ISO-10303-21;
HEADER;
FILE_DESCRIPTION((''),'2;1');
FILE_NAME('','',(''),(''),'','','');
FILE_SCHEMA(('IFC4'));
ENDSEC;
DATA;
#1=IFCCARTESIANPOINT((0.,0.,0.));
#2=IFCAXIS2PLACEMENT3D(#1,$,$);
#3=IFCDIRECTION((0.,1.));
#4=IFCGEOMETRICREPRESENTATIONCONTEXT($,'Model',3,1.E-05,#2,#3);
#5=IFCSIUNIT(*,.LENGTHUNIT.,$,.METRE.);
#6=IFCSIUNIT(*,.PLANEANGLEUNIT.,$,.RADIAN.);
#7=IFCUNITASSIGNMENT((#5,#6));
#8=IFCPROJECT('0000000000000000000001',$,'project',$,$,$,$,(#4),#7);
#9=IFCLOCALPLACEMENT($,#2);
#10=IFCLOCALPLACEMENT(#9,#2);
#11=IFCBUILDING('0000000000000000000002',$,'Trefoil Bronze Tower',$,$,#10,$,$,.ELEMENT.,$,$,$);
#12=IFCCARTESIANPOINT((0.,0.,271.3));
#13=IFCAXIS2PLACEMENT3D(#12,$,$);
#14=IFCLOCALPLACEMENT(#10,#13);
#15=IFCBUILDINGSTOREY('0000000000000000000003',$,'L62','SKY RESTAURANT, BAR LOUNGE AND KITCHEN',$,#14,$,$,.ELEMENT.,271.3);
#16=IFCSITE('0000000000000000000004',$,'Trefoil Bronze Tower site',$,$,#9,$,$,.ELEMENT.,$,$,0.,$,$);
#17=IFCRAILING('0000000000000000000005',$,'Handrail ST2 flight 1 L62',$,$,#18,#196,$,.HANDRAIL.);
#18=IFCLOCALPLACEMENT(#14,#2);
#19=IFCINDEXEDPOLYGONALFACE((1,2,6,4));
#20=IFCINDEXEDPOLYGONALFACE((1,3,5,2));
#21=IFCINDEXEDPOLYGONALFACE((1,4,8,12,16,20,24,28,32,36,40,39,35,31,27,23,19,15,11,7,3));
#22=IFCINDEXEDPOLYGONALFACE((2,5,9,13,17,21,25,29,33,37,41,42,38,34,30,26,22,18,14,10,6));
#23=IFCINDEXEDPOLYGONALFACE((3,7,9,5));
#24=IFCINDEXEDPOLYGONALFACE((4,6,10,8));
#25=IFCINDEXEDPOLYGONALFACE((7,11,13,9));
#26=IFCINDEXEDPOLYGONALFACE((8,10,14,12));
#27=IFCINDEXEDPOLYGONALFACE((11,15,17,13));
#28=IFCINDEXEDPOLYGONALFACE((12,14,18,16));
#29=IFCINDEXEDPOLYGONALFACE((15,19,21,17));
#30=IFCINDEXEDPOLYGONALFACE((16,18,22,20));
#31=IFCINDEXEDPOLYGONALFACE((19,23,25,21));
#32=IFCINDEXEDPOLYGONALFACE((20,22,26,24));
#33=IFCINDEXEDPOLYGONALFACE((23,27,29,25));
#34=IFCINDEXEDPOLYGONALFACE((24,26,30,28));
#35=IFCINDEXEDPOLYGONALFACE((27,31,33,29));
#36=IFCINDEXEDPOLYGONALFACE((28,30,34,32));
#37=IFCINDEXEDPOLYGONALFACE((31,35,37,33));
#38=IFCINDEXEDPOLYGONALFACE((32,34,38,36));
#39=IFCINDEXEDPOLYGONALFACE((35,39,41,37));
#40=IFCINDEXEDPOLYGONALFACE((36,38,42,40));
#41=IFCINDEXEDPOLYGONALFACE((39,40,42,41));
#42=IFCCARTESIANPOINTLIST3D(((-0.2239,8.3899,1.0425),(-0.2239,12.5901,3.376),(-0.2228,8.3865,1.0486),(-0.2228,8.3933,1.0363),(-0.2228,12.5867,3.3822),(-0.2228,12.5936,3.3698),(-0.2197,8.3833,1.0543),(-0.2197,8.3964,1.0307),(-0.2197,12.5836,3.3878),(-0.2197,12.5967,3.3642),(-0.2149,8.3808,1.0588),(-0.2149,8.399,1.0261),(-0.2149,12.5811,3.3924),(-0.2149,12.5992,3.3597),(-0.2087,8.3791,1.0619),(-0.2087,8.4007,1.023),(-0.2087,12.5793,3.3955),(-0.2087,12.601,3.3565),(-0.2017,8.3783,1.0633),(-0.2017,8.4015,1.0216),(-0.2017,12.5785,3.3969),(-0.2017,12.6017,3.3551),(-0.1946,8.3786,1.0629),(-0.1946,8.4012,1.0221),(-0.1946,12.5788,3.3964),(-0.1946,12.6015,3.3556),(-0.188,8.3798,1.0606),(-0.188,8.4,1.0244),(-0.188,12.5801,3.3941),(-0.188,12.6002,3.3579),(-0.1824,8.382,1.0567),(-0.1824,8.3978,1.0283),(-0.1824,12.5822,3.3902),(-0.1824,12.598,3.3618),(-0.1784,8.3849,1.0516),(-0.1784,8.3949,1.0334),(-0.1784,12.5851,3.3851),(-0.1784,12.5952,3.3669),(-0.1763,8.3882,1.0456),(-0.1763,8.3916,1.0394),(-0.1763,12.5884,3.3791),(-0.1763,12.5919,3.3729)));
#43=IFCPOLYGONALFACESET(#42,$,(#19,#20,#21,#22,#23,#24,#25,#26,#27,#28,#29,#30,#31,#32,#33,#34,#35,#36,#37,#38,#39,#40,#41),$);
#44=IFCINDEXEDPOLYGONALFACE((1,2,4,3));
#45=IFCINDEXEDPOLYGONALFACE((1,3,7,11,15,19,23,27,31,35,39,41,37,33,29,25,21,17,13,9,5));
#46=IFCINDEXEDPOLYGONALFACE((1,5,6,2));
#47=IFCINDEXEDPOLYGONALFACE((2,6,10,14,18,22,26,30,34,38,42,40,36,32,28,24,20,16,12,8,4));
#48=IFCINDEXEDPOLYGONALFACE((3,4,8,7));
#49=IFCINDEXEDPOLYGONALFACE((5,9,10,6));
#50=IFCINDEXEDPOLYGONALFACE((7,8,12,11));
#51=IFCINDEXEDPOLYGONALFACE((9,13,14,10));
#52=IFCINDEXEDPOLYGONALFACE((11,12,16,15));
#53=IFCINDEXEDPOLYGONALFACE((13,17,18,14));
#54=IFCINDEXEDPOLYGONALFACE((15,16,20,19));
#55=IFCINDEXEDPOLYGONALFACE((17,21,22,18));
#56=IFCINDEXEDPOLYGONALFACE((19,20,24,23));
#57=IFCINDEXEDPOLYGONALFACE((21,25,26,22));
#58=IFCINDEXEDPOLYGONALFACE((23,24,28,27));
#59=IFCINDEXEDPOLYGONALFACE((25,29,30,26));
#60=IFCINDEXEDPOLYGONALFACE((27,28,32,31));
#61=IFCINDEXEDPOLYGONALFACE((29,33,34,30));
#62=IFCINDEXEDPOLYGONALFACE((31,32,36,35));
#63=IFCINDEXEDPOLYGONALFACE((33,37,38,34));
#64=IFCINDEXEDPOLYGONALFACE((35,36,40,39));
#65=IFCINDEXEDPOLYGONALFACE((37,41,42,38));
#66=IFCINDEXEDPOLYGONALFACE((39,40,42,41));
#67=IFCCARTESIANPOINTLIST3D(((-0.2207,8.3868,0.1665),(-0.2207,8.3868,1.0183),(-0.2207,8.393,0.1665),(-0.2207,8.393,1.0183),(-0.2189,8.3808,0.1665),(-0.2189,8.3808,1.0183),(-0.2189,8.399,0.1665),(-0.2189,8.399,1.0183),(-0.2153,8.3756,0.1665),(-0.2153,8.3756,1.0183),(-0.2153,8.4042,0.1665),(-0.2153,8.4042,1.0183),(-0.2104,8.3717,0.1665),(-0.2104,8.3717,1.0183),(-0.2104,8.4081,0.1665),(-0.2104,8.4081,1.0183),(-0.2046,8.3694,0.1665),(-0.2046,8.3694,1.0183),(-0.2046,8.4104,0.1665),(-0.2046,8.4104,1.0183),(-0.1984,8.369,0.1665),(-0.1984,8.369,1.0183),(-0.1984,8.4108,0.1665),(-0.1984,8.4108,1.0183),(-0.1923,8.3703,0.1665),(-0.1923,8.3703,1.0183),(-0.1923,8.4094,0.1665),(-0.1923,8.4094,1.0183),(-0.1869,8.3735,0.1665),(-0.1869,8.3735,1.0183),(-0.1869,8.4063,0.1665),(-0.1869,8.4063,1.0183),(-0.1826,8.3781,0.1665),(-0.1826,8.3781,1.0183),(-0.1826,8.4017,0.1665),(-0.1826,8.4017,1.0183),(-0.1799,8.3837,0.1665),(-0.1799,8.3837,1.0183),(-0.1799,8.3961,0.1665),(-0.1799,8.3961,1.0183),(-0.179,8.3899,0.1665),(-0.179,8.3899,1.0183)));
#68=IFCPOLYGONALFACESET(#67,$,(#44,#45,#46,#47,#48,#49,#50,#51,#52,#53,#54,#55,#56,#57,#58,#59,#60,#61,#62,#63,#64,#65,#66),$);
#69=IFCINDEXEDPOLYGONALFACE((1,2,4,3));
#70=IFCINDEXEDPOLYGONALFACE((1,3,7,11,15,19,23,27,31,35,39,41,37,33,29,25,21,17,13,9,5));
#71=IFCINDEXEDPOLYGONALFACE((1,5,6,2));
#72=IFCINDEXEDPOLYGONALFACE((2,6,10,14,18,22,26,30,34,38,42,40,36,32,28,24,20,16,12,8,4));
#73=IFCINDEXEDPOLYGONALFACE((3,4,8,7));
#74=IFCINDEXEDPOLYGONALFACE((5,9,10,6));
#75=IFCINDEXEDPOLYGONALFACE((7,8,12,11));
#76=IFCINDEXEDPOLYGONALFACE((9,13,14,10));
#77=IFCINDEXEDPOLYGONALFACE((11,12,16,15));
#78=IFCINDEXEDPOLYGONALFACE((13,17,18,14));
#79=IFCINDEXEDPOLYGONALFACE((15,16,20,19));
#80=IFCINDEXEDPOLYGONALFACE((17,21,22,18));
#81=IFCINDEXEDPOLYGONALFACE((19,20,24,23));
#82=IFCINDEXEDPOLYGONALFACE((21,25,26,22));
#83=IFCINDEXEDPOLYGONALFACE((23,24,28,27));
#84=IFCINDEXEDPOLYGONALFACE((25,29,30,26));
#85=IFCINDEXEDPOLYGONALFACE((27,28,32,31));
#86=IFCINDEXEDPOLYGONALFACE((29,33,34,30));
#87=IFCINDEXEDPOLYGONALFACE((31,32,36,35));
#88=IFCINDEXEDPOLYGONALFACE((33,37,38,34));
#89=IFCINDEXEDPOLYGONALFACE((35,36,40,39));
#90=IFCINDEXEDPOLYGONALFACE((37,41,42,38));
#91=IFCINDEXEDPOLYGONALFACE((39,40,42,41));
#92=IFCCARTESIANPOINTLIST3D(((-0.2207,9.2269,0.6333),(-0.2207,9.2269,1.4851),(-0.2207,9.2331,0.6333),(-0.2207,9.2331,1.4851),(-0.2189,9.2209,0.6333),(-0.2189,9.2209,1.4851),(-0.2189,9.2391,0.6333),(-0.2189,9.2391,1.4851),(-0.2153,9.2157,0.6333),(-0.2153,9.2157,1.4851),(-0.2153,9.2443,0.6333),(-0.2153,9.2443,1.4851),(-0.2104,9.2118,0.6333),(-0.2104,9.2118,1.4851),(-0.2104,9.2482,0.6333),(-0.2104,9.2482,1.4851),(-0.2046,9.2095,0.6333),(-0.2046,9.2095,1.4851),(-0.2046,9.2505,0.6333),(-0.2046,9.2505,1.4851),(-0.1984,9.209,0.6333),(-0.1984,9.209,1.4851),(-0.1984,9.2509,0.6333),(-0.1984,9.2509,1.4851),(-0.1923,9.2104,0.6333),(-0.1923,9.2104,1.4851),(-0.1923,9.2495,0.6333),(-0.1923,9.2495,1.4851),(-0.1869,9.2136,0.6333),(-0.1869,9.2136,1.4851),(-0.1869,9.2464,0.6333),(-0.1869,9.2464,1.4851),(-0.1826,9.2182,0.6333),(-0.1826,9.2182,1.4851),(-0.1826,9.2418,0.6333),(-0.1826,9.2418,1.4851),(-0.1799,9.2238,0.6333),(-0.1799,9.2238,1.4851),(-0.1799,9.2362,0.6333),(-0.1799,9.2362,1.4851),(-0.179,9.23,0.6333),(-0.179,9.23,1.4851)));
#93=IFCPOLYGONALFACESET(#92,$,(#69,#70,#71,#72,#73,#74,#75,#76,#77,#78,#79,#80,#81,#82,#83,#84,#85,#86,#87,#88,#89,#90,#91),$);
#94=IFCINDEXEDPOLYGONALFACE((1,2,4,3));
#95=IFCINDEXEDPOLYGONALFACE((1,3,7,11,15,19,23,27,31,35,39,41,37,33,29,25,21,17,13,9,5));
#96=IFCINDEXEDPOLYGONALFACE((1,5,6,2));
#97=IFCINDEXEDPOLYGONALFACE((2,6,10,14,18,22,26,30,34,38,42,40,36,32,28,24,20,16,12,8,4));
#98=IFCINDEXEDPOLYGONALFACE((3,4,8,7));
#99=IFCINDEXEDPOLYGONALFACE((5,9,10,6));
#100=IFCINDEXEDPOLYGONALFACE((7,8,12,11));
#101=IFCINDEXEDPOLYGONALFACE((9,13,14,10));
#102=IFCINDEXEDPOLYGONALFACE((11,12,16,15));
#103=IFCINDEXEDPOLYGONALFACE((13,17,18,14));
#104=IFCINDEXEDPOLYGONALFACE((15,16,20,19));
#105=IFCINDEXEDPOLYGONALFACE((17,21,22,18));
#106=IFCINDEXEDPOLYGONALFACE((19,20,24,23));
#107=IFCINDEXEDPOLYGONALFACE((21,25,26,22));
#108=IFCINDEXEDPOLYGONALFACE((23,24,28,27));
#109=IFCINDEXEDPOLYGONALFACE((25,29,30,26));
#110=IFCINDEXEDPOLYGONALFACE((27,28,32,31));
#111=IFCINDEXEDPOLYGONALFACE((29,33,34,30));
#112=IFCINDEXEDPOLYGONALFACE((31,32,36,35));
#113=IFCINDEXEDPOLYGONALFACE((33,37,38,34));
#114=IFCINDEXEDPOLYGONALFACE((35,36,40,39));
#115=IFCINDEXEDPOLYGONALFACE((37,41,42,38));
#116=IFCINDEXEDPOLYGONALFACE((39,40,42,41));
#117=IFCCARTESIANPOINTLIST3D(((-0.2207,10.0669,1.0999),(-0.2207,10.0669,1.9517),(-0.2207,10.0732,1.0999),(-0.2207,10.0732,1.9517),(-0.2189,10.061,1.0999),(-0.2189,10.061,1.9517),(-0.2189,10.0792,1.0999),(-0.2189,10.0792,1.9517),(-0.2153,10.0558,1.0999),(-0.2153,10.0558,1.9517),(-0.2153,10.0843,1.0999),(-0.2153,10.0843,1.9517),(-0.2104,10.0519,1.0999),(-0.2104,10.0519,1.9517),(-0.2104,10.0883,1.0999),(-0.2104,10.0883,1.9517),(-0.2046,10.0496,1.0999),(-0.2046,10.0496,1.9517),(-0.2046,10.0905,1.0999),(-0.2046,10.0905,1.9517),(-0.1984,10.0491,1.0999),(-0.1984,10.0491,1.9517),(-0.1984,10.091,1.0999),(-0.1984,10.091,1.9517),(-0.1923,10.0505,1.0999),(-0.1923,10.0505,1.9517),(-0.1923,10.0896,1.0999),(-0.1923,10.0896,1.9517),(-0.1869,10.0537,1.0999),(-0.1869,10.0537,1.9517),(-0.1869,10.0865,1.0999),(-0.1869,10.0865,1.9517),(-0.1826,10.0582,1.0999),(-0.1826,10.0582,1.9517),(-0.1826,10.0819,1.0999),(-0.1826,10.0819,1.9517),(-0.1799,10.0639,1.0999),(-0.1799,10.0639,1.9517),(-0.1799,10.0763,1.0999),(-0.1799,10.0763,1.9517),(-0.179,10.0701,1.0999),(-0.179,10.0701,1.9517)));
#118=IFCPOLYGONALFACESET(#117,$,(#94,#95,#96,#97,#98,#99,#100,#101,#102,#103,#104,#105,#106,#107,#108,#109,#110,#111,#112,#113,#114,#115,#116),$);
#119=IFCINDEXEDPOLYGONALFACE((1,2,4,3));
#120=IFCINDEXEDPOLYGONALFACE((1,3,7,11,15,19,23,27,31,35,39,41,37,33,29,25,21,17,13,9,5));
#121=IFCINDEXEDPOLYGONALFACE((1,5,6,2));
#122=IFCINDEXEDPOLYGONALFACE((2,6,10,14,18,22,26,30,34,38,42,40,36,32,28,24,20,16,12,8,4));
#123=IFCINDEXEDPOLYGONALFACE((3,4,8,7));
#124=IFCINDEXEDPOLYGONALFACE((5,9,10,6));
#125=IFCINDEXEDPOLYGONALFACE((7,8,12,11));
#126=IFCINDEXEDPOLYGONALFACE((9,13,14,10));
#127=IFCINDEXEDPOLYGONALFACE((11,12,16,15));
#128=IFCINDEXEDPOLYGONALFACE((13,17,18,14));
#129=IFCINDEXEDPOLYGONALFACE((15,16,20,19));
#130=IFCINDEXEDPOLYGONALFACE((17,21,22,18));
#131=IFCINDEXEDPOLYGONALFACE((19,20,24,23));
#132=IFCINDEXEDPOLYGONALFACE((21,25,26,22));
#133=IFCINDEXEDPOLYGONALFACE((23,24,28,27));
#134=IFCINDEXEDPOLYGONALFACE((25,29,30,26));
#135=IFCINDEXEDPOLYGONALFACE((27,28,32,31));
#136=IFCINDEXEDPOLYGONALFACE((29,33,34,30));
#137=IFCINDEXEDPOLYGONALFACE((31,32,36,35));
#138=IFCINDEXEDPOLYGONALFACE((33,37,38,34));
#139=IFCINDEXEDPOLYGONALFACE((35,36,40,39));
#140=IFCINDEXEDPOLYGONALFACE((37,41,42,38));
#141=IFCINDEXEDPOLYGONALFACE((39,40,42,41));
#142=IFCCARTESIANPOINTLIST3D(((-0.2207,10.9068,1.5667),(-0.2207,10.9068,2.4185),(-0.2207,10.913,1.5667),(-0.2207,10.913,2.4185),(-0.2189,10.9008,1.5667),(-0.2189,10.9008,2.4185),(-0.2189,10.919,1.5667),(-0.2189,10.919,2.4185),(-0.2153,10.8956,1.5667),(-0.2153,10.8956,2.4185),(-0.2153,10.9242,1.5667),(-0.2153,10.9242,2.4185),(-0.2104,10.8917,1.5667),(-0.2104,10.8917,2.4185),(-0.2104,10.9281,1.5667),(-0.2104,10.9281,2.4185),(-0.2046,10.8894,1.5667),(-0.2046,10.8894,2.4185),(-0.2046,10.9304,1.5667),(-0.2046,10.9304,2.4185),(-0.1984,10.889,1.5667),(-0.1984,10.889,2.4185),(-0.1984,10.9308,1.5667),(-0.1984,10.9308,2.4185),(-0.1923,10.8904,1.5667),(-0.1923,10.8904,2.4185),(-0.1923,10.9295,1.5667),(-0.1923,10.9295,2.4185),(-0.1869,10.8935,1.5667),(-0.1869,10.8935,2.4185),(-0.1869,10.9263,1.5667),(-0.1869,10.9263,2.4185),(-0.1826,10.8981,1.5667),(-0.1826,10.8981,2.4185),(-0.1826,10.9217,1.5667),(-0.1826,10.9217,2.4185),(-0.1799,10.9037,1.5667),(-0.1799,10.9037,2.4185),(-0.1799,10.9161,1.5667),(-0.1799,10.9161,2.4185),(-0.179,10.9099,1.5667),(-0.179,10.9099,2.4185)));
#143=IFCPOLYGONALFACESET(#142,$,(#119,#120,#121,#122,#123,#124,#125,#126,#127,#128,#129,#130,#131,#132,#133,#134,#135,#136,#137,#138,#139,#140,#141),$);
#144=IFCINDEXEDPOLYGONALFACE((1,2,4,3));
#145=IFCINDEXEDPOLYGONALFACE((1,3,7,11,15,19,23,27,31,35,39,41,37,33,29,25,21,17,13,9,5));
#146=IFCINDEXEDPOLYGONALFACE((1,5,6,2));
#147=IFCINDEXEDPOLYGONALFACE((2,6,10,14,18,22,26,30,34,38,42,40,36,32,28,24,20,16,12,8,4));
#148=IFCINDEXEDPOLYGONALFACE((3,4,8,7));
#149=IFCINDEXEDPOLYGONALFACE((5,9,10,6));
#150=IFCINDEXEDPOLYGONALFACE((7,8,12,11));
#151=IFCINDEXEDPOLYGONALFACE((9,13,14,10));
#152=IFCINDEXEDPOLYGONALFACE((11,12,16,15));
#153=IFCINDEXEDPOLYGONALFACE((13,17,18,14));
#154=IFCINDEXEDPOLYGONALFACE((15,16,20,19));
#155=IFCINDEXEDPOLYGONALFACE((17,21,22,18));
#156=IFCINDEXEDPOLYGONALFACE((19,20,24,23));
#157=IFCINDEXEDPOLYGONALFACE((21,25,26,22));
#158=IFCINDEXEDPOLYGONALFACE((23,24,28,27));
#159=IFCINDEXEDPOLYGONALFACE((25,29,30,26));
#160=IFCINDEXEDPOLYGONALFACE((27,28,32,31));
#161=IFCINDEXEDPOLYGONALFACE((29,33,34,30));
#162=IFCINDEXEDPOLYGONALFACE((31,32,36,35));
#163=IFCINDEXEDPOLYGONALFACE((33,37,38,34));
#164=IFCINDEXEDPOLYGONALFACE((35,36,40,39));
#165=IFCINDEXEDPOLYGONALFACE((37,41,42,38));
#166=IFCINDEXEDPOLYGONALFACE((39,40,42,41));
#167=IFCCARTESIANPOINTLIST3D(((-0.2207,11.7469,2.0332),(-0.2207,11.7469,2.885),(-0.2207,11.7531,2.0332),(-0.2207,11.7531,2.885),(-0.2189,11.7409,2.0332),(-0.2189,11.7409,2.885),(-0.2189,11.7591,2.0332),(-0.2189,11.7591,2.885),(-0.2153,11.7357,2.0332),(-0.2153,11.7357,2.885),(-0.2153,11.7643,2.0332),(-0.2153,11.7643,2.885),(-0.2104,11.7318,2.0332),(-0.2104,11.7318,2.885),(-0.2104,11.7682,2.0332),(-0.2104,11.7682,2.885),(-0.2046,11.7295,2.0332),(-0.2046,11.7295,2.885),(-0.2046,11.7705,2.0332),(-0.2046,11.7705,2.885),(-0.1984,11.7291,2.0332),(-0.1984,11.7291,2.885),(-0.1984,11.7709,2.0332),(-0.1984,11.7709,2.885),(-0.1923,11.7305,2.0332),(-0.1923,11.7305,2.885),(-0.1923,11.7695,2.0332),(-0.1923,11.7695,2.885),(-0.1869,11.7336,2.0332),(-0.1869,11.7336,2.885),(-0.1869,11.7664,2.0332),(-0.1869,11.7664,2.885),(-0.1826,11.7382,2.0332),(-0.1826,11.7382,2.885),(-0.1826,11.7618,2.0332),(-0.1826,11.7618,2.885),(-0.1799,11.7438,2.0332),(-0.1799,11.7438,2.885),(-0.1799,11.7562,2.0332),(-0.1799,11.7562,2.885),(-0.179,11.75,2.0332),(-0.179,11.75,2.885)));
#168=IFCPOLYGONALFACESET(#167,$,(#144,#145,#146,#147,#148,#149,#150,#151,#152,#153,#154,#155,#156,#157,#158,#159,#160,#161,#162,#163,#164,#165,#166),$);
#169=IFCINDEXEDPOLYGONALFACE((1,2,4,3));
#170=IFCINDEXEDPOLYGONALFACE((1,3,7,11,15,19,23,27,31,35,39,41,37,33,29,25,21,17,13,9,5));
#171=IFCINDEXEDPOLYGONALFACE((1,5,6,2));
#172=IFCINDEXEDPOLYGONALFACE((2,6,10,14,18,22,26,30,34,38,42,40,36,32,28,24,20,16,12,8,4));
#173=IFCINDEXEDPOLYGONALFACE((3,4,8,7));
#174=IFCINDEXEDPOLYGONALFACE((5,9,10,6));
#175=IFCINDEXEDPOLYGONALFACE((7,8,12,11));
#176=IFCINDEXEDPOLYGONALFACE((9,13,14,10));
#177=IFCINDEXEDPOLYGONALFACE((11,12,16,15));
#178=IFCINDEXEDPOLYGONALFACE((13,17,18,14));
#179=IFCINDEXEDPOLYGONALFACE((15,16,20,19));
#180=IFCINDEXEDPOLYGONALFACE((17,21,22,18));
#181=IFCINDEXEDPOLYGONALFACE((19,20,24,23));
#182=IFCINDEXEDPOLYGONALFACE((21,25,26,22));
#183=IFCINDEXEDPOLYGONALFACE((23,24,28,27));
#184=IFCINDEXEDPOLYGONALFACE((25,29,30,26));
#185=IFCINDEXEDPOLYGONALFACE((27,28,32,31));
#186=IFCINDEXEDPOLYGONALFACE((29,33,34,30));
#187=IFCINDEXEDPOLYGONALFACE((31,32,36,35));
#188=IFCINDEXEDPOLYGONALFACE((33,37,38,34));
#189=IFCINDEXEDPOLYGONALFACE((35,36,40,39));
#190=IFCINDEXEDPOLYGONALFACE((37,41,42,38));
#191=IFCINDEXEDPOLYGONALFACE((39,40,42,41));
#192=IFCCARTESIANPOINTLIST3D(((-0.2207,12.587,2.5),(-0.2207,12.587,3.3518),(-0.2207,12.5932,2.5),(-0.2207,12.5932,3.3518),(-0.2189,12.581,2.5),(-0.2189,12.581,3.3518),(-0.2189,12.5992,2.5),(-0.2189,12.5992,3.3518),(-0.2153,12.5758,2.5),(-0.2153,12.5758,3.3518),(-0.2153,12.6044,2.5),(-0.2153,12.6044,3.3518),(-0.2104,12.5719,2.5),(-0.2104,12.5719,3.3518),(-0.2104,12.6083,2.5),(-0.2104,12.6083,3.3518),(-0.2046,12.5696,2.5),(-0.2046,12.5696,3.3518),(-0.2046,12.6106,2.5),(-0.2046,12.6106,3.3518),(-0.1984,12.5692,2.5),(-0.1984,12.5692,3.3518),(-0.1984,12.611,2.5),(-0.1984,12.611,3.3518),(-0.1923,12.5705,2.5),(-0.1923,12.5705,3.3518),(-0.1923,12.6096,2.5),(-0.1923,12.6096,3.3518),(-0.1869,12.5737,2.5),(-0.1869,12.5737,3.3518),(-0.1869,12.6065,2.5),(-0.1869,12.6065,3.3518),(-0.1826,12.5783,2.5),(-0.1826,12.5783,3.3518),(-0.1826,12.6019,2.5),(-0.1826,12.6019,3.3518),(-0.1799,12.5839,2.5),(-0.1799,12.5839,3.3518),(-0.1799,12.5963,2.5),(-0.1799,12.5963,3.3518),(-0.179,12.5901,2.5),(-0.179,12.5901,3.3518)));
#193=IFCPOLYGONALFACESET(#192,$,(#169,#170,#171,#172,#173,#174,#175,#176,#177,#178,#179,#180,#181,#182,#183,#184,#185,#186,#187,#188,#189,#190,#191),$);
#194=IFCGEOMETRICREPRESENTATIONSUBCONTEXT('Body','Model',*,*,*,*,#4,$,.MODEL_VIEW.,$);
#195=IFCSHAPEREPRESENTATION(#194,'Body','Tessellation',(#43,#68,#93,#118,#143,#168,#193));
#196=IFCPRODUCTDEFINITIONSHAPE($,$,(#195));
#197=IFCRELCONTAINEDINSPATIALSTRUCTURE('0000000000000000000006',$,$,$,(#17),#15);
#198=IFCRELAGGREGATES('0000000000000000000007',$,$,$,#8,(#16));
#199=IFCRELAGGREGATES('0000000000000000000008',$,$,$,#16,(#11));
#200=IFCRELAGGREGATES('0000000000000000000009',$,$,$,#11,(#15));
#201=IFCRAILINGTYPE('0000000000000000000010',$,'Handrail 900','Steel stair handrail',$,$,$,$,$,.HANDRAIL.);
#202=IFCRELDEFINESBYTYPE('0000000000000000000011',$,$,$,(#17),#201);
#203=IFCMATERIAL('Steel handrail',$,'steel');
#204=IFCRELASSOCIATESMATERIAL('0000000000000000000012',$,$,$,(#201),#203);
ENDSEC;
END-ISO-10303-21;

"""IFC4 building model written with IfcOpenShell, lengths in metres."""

from ifc_helpers import new_model, si_unit, direction, frame, origin, origin_2d, place, context, subcontext, project, spatial, circle, extrude, material, type_object, element, save


model = new_model("IFC4")

# Units and contexts
model_context = context("Model", 3, precision=1e-05, world=origin(), true_north=direction((0.0, 1.0)))
body_context = subcontext(model_context, "Body", "Model", "MODEL_VIEW")
ifc_project = project(units=[si_unit("LENGTHUNIT", "METRE"), si_unit("PLANEANGLEUNIT", "RADIAN")], contexts=[model_context])

# Site, building, storey
site_placement = place(None, origin())
site = spatial("IfcSite", under=ifc_project, at=site_placement, Name="Trefoil Bronze Tower site", CompositionType="ELEMENT", RefElevation=0.0)
building_placement = place(site_placement, origin())
building = spatial("IfcBuilding", under=site, at=building_placement, Name="Trefoil Bronze Tower", CompositionType="ELEMENT")
storey_placement = place(building_placement, frame((0.0, 0.0, 271.3)))
storey = spatial("IfcBuildingStorey", under=building, at=storey_placement, Name="L62", Description="SKY RESTAURANT, BAR LOUNGE AND KITCHEN", CompositionType="ELEMENT", Elevation=271.3)

# Railing
ifc_material_1 = material(Name="Steel handrail", Category="steel")
railing_type = type_object("IfcRailingType", Name="Handrail 900", Description="Steel stair handrail", PredefinedType="HANDRAIL", material=ifc_material_1)
railing_placement = place(storey_placement, frame((-0.2, 8.3899, 0.1665)))
element("IfcRailing", 1, at=railing_placement, inside=storey, type_object=railing_type, Name="Handrail ST2 flight 1 L62", PredefinedType="HANDRAIL", context=body_context, shape_type="SweptSolid", body=[
    extrude(circle(Radius=0.0239, at=origin_2d()), frame((0.0, 0.0, 0.876), z_axis=(0.0, 0.874152, 0.485652), x_axis=(-1.0, 0.0, 0.0)), (0.0, 0.0, 1.0), 4.8049),
    extrude(circle(Radius=0.021, at=origin_2d()), origin(), (0.0, 0.0, 1.0), 0.8518),
    extrude(circle(Radius=0.021, at=origin_2d()), frame((0.0, 0.8401, 0.4668)), (0.0, 0.0, 1.0), 0.8518),
    extrude(circle(Radius=0.021, at=origin_2d()), frame((0.0, 1.6802, 0.9333)), (0.0, 0.0, 1.0), 0.8518),
    extrude(circle(Radius=0.021, at=origin_2d()), frame((0.0, 2.52, 1.4001)), (0.0, 0.0, 1.0), 0.8518),
    extrude(circle(Radius=0.021, at=origin_2d()), frame((0.0, 3.3601, 1.8667)), (0.0, 0.0, 1.0), 0.8518),
    extrude(circle(Radius=0.021, at=origin_2d()), frame((0.0, 4.2002, 2.3335)), (0.0, 0.0, 1.0), 0.8518),
])

save(model, "model.ifc")
